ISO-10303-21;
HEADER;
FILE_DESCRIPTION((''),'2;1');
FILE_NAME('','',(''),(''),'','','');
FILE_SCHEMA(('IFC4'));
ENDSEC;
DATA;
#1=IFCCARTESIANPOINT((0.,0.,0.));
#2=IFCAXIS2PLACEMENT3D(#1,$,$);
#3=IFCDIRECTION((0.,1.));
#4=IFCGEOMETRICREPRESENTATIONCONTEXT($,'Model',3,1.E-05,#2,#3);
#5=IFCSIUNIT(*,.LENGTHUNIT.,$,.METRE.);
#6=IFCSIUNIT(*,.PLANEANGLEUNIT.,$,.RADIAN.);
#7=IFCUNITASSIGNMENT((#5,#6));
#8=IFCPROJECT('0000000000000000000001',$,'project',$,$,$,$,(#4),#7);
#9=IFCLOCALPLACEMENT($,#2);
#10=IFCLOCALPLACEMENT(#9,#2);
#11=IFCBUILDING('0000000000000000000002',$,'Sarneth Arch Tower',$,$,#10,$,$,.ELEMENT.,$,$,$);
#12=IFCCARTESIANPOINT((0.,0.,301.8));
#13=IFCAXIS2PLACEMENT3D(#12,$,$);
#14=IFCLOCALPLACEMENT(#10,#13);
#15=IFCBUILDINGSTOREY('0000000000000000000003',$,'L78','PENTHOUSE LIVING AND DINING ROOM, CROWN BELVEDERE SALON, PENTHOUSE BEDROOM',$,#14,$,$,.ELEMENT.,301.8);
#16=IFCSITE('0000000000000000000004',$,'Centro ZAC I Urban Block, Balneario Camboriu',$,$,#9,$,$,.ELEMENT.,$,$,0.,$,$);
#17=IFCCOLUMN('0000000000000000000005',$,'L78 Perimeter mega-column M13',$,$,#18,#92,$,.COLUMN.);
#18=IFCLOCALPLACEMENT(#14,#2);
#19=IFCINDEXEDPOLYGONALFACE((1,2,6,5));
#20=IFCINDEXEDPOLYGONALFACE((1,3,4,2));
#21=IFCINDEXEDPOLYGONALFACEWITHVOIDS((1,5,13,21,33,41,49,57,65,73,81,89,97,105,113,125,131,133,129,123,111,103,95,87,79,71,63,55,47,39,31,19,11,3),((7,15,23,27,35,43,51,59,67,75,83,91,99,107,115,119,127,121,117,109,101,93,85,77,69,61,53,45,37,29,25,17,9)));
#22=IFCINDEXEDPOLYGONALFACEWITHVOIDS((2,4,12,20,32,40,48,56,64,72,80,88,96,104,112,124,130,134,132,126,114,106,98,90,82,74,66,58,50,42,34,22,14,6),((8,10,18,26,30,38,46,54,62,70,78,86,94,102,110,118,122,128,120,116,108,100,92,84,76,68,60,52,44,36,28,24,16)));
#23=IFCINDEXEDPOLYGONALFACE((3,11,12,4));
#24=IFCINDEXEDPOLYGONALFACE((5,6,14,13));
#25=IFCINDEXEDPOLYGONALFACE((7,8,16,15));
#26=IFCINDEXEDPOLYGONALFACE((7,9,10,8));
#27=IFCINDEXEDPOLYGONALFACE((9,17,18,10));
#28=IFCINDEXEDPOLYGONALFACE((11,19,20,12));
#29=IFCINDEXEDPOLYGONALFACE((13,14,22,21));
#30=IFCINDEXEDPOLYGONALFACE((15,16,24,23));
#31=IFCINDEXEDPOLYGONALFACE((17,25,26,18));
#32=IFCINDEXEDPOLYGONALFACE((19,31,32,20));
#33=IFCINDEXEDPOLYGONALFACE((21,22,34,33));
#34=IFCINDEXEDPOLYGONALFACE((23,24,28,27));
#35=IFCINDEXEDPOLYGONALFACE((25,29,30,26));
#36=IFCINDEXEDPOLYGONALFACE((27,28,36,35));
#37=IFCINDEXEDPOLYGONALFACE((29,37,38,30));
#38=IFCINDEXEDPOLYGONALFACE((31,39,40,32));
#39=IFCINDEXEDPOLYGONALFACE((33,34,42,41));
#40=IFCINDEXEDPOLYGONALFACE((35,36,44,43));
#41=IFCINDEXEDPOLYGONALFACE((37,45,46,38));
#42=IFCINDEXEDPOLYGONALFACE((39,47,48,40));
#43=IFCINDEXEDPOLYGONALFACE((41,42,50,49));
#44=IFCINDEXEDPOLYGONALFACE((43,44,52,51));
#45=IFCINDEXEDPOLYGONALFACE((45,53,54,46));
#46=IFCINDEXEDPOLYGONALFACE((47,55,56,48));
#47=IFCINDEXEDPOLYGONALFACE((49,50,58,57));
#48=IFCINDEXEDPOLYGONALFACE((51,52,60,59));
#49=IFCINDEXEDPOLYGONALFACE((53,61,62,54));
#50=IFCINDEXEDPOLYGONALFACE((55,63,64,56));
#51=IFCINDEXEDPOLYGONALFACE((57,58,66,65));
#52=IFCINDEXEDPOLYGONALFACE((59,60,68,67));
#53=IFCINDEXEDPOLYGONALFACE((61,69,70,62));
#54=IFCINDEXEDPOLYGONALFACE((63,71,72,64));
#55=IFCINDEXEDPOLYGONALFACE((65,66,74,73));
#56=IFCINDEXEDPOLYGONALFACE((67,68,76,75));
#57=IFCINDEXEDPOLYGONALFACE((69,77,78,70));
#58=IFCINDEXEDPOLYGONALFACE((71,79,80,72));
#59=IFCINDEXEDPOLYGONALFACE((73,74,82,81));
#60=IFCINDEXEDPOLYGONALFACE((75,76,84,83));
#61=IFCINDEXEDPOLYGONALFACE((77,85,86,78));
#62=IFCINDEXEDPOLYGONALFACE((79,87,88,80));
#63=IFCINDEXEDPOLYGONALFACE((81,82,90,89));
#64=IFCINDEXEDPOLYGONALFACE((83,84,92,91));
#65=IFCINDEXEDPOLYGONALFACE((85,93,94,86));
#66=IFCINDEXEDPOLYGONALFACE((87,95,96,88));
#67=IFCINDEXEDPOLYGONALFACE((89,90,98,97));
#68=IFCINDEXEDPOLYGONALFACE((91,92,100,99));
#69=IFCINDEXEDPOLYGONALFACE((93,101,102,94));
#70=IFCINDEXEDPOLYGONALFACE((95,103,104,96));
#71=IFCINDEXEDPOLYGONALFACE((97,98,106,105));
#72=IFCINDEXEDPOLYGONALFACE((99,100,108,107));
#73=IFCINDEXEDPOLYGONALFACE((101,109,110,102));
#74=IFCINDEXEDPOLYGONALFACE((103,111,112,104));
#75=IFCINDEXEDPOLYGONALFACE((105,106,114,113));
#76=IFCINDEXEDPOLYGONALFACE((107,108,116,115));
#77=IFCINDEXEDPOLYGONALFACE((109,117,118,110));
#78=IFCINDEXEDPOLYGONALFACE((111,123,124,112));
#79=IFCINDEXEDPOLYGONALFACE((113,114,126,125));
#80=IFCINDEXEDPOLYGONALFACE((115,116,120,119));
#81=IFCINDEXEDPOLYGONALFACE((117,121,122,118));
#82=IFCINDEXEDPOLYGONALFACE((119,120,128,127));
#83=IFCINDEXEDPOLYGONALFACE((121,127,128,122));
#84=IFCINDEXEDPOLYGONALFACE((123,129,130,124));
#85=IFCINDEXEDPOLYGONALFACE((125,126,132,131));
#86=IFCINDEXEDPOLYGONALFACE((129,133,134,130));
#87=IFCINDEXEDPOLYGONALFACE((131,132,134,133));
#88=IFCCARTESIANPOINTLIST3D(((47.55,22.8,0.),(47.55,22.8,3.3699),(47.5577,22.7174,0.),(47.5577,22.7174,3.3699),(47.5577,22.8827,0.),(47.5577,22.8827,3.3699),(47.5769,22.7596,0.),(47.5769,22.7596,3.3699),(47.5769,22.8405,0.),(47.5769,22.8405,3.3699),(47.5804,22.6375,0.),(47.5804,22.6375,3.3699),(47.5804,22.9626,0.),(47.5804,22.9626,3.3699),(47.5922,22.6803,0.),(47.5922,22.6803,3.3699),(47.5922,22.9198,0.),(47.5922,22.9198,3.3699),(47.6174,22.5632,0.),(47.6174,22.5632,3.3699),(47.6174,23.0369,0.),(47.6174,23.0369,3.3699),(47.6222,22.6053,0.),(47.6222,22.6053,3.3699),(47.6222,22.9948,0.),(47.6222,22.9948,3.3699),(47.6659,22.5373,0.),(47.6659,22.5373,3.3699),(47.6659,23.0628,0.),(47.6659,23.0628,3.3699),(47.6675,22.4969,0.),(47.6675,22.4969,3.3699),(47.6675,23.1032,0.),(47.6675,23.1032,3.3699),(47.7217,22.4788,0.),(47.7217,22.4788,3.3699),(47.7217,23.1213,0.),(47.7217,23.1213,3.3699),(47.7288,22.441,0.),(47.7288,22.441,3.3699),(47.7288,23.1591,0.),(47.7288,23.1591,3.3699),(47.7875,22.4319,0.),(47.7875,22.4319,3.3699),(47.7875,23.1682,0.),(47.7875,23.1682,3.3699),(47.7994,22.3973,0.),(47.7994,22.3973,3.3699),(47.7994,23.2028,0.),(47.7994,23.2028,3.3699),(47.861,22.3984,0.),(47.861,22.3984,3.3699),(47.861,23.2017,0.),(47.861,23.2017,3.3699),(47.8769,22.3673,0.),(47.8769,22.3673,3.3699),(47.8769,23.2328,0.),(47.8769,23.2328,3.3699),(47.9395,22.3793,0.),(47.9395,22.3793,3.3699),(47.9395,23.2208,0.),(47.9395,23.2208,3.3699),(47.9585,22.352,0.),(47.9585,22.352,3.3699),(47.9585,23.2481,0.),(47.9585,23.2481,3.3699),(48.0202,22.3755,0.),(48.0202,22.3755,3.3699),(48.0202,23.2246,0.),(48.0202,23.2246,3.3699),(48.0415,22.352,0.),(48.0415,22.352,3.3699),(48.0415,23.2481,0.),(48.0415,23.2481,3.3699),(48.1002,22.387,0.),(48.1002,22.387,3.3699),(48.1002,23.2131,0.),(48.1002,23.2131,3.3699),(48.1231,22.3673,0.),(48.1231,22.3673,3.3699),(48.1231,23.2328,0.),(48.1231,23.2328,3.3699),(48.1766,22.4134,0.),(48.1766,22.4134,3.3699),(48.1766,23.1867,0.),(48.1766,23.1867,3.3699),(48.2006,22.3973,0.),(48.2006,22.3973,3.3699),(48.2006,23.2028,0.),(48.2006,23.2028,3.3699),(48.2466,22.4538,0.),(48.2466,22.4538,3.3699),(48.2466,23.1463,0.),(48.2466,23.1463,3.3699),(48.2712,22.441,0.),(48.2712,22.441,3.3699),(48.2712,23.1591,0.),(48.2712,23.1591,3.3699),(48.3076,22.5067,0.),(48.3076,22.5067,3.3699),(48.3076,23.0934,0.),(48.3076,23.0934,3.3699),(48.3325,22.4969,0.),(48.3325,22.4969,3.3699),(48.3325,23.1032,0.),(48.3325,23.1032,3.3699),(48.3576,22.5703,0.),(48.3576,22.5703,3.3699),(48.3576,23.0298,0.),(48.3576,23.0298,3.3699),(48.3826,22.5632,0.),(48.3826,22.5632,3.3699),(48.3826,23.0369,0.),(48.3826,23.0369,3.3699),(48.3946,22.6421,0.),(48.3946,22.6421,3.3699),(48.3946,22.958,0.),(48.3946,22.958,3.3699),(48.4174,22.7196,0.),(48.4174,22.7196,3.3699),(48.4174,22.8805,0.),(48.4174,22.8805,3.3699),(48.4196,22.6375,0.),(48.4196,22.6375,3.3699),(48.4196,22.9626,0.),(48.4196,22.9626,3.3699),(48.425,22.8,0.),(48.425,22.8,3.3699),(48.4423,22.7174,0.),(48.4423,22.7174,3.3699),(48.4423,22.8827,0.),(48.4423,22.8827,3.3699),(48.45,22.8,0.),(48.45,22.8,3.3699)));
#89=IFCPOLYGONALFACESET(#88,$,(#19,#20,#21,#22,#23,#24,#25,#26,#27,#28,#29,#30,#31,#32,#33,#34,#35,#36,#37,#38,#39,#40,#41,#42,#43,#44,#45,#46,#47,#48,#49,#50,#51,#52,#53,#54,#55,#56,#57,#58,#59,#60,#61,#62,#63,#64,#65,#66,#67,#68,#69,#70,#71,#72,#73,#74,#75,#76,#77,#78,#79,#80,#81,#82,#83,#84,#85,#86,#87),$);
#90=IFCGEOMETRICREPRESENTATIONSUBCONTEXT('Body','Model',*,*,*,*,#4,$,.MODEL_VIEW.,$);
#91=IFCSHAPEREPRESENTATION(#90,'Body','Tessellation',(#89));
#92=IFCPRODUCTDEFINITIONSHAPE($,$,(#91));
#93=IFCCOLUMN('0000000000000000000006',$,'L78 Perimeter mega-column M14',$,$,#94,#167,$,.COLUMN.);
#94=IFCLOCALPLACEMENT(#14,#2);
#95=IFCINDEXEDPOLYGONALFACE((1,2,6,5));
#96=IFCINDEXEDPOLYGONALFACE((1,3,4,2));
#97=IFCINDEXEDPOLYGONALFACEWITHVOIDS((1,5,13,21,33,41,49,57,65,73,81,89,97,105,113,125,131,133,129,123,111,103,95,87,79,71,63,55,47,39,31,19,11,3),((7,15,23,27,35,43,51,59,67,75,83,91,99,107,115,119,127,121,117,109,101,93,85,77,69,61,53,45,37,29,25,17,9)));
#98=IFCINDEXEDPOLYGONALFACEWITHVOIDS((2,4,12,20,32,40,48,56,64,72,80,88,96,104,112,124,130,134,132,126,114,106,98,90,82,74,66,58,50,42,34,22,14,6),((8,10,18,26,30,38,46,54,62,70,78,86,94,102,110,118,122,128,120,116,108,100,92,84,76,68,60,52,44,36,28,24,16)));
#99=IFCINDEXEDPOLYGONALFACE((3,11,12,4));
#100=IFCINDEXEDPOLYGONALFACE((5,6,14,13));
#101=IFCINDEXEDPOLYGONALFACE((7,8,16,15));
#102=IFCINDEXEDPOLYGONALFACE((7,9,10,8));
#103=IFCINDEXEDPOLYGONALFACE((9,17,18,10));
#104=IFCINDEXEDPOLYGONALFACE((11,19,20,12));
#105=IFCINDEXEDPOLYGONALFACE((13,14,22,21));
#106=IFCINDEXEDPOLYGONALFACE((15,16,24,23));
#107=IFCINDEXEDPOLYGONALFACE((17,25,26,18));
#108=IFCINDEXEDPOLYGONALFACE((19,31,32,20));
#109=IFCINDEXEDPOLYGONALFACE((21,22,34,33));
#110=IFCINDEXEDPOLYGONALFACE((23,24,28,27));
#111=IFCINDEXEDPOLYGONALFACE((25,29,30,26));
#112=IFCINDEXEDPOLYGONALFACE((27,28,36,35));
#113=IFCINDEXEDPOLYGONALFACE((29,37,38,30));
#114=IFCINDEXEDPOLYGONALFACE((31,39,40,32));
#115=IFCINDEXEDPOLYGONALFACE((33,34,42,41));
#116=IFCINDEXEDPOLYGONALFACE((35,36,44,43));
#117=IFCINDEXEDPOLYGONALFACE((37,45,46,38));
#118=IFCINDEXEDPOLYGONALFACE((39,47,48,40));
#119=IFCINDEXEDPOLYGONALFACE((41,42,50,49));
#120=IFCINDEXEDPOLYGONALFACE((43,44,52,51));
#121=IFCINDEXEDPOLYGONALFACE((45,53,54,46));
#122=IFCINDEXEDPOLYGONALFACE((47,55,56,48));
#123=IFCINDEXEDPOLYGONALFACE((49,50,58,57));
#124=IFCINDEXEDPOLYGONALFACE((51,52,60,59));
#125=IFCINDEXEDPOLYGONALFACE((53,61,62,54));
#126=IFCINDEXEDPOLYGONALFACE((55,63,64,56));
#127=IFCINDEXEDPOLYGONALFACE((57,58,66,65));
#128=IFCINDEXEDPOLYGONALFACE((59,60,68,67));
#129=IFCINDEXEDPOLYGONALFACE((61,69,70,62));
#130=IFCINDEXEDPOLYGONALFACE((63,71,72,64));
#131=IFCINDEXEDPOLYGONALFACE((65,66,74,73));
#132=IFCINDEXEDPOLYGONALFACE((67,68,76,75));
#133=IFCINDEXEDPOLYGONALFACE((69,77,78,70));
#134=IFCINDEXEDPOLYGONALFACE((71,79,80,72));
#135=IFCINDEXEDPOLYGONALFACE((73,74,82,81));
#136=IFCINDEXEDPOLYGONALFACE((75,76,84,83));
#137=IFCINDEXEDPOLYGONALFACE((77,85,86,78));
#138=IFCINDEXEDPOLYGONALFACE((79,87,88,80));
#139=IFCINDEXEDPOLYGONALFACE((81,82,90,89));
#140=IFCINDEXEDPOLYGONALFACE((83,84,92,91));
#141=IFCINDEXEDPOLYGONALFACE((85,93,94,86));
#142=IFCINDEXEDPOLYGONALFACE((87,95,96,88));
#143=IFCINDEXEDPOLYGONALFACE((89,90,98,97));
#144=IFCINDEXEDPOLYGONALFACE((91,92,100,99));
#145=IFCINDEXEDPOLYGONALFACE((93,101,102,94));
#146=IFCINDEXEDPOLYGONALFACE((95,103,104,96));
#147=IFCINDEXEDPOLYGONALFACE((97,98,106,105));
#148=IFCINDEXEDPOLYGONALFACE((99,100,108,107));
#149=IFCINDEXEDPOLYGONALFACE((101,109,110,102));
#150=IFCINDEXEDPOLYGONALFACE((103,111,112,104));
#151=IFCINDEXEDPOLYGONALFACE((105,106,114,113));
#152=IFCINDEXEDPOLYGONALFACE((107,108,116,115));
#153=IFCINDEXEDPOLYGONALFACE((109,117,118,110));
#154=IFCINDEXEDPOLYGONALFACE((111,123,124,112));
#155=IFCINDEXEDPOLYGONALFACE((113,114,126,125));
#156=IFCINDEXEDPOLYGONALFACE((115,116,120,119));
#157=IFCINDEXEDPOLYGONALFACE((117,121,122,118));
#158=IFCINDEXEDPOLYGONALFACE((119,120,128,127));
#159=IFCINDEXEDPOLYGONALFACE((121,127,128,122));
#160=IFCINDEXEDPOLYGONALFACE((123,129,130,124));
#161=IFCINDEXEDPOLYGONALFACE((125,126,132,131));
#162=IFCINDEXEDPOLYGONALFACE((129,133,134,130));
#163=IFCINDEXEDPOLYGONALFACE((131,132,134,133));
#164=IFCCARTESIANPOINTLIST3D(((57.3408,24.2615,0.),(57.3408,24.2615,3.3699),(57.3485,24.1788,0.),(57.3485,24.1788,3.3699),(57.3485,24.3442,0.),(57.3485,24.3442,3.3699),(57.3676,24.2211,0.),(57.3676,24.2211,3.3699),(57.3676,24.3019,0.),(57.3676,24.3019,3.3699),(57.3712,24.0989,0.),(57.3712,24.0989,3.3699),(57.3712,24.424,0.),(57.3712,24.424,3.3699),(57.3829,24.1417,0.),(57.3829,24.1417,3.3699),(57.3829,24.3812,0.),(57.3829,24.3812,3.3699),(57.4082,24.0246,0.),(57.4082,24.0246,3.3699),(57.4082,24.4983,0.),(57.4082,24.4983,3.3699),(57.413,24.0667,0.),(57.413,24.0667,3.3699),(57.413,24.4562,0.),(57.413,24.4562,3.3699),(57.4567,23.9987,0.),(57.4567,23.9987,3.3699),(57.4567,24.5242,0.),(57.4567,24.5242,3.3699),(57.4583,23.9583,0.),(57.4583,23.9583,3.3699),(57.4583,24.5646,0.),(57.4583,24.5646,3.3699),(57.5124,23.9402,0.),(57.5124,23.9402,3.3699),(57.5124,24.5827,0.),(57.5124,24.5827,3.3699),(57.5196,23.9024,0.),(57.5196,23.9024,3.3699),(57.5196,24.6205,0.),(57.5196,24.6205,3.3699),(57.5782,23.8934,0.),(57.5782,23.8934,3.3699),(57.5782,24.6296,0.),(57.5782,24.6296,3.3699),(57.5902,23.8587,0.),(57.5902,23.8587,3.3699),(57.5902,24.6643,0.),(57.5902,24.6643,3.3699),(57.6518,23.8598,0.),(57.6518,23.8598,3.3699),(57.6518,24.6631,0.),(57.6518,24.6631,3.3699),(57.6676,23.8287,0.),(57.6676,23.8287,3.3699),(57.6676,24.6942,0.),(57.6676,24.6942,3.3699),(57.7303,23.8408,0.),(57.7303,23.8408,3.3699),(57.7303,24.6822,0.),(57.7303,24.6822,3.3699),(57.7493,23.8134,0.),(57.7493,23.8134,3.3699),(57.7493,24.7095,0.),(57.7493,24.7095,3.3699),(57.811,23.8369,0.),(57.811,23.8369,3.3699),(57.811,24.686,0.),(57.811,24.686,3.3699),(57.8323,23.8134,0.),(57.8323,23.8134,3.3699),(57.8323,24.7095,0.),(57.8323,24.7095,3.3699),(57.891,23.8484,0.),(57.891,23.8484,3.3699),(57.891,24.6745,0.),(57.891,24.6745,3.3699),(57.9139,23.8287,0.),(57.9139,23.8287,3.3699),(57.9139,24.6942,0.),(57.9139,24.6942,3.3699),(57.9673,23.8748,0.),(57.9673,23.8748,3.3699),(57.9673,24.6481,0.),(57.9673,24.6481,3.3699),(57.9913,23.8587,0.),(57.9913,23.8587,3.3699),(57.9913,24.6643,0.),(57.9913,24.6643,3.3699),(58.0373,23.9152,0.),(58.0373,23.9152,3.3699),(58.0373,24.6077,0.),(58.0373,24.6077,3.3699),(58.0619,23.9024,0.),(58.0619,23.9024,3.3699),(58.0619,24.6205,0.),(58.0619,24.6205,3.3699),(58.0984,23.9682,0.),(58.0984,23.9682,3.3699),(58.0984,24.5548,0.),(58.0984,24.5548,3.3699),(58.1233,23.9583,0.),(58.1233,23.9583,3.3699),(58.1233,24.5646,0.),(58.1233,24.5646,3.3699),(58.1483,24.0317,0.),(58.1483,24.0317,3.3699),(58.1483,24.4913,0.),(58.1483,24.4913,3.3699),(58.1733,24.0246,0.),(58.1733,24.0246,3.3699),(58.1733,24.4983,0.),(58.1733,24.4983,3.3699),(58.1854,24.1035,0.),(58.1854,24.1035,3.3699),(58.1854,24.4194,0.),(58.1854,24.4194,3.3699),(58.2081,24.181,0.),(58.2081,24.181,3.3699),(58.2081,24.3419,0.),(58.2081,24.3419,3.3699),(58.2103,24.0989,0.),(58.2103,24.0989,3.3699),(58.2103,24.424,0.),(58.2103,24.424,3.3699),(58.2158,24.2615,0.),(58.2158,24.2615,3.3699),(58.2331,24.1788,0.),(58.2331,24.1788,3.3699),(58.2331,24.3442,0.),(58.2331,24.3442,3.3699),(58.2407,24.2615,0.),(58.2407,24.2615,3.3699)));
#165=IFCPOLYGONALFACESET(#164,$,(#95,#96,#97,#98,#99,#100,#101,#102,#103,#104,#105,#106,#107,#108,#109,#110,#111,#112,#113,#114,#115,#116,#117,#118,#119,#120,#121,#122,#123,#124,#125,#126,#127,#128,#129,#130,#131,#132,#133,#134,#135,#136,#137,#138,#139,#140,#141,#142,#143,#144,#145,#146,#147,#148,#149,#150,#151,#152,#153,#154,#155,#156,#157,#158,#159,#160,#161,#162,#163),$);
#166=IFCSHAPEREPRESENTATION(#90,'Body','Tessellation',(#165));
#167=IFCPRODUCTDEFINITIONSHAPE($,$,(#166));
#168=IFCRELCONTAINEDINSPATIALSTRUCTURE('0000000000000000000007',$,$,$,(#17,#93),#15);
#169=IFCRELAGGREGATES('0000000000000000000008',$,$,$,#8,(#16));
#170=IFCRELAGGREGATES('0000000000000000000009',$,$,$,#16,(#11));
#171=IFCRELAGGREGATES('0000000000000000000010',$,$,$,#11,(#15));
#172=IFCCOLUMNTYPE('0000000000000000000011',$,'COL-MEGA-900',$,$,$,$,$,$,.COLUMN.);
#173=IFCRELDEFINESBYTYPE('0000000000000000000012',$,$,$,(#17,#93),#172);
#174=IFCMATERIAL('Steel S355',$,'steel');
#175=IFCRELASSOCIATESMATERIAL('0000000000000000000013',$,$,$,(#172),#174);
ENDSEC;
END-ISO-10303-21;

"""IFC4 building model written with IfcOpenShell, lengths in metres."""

from ifc_helpers import new_model, si_unit, direction, frame, origin, origin_2d, place, context, subcontext, project, spatial, hollow_circle, extrude, material, material_profile, profile_set, type_object, element, save


model = new_model("IFC4")

# Units and contexts
model_context = context("Model", 3, precision=1e-05, world=origin(), true_north=direction((0.0, 1.0)))
body_context = subcontext(model_context, "Body", "Model", "MODEL_VIEW")
ifc_project = project(units=[si_unit("LENGTHUNIT", "METRE"), si_unit("PLANEANGLEUNIT", "RADIAN")], contexts=[model_context])

# Site, building, storey
site_placement = place(None, origin())
site = spatial("IfcSite", under=ifc_project, at=site_placement, Name="Centro ZAC I Urban Block, Balneario Camboriu", CompositionType="ELEMENT", RefElevation=0.0)
building_placement = place(site_placement, origin())
building = spatial("IfcBuilding", under=site, at=building_placement, Name="Sarneth Arch Tower", CompositionType="ELEMENT")
storey_placement = place(building_placement, frame((0.0, 0.0, 301.8)))
storey = spatial("IfcBuildingStorey", under=building, at=storey_placement, Name="L78", Description="PENTHOUSE LIVING AND DINING ROOM, CROWN BELVEDERE SALON, PENTHOUSE BEDROOM", CompositionType="ELEMENT", Elevation=301.8)

# Columns
ifc_material_1 = material(Name="Steel S355", Category="steel")
ifc_material_profile_1 = material_profile(ifc_material_1, hollow_circle(Radius=0.45, WallThickness=0.0249, at=origin_2d()), Name="CHS900x25")
ifc_profile_set_1 = profile_set([ifc_material_profile_1], Name="Steel S355")
column_type = type_object("IfcColumnType", Name="COL-MEGA-900", PredefinedType="COLUMN", material=ifc_profile_set_1)
for number, where, z_axis, x_axis, name in (
    (1, (48.0, 22.8, 0.0), (0.0, 0.0, 1.0), (1.0, 0.0, 0.0), "L78 Perimeter mega-column M13"),
    (2, (57.7908, 24.2615, 0.0), (0.0, 0.0, 1.0), (1.0, 0.0, 0.0), "L78 Perimeter mega-column M14"),
):
    element("IfcColumn", number, at=place(storey_placement, frame(where, z_axis=z_axis, x_axis=x_axis)), inside=storey, type_object=column_type, Name=name, PredefinedType="COLUMN", context=body_context, shape_type="SweptSolid", body=[
        extrude(hollow_circle(Radius=0.45, WallThickness=0.0249, at=origin_2d()), origin(), (0.0, 0.0, 1.0), 3.3699),
    ])

save(model, "model.ifc")
